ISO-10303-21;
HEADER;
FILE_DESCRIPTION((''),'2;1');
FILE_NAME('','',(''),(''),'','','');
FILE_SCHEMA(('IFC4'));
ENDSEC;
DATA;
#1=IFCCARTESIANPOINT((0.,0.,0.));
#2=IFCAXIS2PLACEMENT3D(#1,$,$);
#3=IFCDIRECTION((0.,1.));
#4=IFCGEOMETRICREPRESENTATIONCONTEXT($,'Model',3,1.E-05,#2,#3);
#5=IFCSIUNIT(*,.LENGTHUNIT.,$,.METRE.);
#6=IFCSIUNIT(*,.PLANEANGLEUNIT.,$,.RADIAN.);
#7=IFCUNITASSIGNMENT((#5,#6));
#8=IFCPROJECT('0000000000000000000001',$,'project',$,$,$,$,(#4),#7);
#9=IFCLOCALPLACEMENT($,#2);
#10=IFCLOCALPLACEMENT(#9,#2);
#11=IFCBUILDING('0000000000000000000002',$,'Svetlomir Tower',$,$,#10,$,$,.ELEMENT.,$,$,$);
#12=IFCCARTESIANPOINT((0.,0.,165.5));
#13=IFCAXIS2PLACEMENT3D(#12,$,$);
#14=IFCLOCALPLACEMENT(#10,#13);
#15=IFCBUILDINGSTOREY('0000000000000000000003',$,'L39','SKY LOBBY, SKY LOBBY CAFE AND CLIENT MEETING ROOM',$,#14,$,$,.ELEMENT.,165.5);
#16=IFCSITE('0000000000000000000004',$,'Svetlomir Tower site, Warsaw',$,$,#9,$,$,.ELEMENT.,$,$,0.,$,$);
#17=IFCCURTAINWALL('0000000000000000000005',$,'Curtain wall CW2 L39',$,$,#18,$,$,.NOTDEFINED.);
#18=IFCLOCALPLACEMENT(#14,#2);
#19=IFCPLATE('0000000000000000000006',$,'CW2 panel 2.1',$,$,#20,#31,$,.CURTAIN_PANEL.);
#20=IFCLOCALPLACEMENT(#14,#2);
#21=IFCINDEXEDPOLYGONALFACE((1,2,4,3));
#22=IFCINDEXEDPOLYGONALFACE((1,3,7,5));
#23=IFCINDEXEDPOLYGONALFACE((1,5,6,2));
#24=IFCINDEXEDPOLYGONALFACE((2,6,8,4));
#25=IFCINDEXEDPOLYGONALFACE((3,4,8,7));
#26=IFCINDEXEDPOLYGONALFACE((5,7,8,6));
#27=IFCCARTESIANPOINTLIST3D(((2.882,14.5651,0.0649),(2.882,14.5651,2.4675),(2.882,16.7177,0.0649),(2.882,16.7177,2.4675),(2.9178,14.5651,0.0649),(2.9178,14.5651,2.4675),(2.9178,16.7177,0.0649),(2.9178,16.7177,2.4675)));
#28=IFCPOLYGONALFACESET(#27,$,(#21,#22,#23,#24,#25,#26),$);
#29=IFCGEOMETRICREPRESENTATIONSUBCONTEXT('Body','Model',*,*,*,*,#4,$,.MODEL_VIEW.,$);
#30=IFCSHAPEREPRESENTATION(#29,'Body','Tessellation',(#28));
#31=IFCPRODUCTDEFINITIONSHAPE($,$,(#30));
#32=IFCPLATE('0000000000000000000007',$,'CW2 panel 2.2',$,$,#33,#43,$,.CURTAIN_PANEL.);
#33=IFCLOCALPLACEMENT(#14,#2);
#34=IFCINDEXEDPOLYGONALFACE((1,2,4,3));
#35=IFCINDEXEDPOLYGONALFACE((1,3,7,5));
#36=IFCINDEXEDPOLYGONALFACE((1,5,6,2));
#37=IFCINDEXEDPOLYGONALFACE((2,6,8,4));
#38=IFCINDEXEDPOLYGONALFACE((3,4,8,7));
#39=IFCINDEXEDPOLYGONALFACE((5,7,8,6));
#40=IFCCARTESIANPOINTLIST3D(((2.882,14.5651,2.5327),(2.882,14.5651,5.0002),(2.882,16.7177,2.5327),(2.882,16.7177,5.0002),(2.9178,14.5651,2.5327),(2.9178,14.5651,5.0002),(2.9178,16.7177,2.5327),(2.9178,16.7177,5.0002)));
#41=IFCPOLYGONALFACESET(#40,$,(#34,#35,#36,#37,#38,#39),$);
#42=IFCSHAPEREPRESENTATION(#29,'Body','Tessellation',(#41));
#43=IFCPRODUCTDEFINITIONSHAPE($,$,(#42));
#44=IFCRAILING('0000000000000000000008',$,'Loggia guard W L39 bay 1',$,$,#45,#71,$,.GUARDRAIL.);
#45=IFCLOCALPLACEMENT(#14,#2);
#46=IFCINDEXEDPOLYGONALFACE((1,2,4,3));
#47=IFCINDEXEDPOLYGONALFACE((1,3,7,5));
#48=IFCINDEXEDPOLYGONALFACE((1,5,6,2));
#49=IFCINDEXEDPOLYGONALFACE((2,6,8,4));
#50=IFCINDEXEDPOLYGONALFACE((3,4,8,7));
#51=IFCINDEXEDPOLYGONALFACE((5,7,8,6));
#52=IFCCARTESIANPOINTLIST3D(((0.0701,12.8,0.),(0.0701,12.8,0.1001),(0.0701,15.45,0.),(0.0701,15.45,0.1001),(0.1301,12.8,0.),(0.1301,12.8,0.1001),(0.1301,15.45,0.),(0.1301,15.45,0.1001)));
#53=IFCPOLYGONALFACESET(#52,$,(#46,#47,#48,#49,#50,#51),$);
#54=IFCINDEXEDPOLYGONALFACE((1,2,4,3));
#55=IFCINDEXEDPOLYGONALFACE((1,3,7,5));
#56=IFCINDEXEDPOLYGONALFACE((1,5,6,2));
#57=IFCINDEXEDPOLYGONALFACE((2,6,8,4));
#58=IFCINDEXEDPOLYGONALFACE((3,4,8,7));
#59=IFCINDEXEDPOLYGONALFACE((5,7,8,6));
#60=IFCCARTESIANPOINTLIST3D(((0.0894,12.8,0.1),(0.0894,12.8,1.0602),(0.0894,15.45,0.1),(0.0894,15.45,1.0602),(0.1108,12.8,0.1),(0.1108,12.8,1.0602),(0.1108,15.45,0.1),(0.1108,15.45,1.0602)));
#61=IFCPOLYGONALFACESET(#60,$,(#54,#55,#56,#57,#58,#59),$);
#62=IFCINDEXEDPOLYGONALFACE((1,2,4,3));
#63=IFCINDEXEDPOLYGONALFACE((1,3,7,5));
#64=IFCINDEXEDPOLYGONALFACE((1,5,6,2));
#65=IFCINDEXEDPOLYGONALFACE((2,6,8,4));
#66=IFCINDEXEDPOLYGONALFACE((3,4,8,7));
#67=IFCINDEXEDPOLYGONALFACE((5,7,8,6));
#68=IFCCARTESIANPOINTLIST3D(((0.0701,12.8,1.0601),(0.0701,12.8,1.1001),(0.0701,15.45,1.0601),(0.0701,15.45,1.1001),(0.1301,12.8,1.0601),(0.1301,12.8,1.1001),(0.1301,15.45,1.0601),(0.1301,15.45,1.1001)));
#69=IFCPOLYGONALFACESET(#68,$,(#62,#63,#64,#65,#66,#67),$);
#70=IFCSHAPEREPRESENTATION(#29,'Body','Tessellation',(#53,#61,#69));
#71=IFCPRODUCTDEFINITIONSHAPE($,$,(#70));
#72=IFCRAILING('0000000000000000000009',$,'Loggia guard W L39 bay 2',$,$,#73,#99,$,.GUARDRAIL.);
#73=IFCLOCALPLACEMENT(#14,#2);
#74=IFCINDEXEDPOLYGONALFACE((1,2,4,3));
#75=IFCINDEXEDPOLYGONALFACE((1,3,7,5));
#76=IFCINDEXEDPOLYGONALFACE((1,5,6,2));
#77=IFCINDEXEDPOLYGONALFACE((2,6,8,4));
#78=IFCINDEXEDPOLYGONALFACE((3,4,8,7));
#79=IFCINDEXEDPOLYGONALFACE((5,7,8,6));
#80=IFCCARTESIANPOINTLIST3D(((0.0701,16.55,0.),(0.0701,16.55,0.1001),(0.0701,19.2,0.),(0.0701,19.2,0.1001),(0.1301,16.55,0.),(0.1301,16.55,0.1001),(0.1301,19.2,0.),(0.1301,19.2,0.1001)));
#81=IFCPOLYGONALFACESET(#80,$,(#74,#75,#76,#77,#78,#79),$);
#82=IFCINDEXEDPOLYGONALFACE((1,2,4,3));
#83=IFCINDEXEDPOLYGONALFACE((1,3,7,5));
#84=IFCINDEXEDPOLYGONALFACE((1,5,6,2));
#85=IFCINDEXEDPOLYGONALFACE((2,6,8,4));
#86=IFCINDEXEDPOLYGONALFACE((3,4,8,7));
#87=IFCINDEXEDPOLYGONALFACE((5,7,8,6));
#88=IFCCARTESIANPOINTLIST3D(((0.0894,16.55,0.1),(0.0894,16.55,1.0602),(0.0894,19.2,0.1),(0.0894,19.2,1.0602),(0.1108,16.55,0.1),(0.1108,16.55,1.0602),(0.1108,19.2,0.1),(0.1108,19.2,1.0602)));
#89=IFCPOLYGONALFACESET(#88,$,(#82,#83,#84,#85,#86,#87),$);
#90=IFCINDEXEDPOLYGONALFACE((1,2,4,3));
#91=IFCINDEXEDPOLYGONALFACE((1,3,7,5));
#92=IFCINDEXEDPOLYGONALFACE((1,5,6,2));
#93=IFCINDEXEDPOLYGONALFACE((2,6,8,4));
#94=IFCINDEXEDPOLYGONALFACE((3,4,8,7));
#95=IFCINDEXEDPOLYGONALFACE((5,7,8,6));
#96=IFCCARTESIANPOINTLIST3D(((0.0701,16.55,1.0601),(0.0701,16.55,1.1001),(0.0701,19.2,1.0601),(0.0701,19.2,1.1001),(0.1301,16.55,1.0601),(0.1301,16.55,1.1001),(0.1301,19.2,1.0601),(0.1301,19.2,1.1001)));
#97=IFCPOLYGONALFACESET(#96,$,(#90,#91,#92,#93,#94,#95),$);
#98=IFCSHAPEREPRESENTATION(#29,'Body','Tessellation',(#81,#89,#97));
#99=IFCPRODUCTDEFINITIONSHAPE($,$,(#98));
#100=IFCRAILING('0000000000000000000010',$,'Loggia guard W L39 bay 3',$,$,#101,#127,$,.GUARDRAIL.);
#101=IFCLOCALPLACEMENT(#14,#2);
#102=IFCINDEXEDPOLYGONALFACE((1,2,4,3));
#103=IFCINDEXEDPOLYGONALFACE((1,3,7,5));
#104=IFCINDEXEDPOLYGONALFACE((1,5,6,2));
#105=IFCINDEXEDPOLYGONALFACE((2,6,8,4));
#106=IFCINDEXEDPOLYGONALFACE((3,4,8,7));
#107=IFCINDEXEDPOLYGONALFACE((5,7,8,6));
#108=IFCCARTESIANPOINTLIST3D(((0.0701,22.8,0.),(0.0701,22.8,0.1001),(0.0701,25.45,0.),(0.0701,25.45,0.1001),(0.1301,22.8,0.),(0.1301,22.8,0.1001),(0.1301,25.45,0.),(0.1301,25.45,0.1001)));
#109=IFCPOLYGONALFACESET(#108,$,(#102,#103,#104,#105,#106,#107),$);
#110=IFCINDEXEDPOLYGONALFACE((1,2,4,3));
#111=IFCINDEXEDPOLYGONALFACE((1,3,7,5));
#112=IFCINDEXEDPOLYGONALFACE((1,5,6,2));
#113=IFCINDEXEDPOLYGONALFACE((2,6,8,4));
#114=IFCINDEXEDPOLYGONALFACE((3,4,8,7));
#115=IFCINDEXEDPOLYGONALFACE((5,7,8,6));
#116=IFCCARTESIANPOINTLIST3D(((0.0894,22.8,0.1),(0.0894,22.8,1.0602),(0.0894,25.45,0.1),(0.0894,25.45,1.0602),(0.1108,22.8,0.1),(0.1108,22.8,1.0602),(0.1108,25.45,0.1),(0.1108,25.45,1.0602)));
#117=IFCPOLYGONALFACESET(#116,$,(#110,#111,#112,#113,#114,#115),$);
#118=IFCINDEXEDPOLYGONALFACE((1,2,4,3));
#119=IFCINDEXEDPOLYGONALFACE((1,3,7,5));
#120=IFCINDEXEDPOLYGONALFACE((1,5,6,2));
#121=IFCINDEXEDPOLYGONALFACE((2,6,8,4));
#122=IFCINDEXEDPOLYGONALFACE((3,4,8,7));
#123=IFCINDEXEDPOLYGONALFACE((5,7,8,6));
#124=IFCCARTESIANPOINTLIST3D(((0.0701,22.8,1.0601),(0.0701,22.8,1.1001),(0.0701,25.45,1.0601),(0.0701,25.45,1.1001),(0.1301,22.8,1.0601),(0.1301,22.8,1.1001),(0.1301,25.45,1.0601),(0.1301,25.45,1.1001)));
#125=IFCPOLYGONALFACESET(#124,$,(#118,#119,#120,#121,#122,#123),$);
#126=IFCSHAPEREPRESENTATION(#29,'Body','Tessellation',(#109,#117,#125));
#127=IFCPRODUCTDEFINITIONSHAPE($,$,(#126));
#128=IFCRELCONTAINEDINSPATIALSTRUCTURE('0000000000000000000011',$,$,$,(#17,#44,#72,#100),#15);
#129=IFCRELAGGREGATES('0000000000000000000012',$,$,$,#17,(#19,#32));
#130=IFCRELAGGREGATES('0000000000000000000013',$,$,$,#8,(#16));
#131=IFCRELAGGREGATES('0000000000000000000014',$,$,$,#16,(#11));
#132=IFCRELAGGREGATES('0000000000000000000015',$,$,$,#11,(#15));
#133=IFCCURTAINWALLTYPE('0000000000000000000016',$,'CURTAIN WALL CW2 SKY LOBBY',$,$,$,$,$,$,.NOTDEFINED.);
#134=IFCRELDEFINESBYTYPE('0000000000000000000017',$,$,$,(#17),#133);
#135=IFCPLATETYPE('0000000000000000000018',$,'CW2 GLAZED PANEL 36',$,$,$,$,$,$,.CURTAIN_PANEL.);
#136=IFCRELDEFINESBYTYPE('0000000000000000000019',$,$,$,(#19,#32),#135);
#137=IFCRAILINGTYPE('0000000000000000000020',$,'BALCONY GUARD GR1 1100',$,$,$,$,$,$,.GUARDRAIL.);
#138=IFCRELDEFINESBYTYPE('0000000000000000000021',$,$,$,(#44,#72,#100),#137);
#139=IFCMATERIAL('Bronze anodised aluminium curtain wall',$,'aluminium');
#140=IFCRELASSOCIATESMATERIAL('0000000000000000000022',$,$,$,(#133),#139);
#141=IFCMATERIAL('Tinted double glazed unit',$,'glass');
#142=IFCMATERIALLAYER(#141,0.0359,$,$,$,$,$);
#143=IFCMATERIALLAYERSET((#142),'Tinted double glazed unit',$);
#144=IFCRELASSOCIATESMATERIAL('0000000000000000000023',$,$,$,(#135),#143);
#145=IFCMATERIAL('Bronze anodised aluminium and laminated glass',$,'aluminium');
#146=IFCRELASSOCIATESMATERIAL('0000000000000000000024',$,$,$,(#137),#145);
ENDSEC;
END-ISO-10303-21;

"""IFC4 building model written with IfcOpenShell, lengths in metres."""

from ifc_helpers import new_model, si_unit, direction, frame, origin, origin_2d, place, context, subcontext, project, spatial, rectangle, extrude, material, layer, layer_set, type_object, element, aggregate, save


model = new_model("IFC4")

# Units and contexts
model_context = context("Model", 3, precision=1e-05, world=origin(), true_north=direction((0.0, 1.0)))
body_context = subcontext(model_context, "Body", "Model", "MODEL_VIEW")
ifc_project = project(units=[si_unit("LENGTHUNIT", "METRE"), si_unit("PLANEANGLEUNIT", "RADIAN")], contexts=[model_context])

# Site, building, storey
site_placement = place(None, origin())
site = spatial("IfcSite", under=ifc_project, at=site_placement, Name="Svetlomir Tower site, Warsaw", CompositionType="ELEMENT", RefElevation=0.0)
building_placement = place(site_placement, origin())
building = spatial("IfcBuilding", under=site, at=building_placement, Name="Svetlomir Tower", CompositionType="ELEMENT")
storey_placement = place(building_placement, frame((0.0, 0.0, 165.5)))
storey = spatial("IfcBuildingStorey", under=building, at=storey_placement, Name="L39", Description="SKY LOBBY, SKY LOBBY CAFE AND CLIENT MEETING ROOM", CompositionType="ELEMENT", Elevation=165.5)

# Curtain wall
ifc_material_1 = material(Name="Bronze anodised aluminium curtain wall", Category="aluminium")
curtain_wall_type = type_object("IfcCurtainWallType", Name="CURTAIN WALL CW2 SKY LOBBY", PredefinedType="NOTDEFINED", material=ifc_material_1)
curtain_wall_placement = place(storey_placement, origin())
curtain_wall = element("IfcCurtainWall", 1, at=curtain_wall_placement, inside=storey, type_object=curtain_wall_type, Name="Curtain wall CW2 L39", PredefinedType="NOTDEFINED")

# Plates
ifc_material_2 = material(Name="Tinted double glazed unit", Category="glass")
ifc_layer = layer(ifc_material_2, 0.0359)
ifc_layer_set = layer_set([ifc_layer], Name="Tinted double glazed unit")
plate_type = type_object("IfcPlateType", Name="CW2 GLAZED PANEL 36", PredefinedType="CURTAIN_PANEL", material=ifc_layer_set)
plate_1_placement = place(storey_placement, frame((2.8999, 15.6414, 0.0649), z_axis=(0.0, 0.0, 1.0), x_axis=(0.0, -1.0, 0.0)))
plate_1 = element("IfcPlate", 2, at=plate_1_placement, type_object=plate_type, Name="CW2 panel 2.1", PredefinedType="CURTAIN_PANEL", context=body_context, shape_type="SweptSolid", body=[
    extrude(rectangle(XDim=2.1526, YDim=0.0359, at=origin_2d()), origin(), (0.0, 0.0, 1.0), 2.4026),
])
plate_2_placement = place(storey_placement, frame((2.8999, 15.6414, 2.5327), z_axis=(0.0, 0.0, 1.0), x_axis=(0.0, -1.0, 0.0)))
plate_2 = element("IfcPlate", 3, at=plate_2_placement, type_object=plate_type, Name="CW2 panel 2.2", PredefinedType="CURTAIN_PANEL", context=body_context, shape_type="SweptSolid", body=[
    extrude(rectangle(XDim=2.1526, YDim=0.0359, at=origin_2d()), origin(), (0.0, 0.0, 1.0), 2.4675),
])
aggregate(curtain_wall, [plate_1, plate_2])

# Railings
ifc_material_3 = material(Name="Bronze anodised aluminium and laminated glass", Category="aluminium")
railing_type = type_object("IfcRailingType", Name="BALCONY GUARD GR1 1100", PredefinedType="GUARDRAIL", material=ifc_material_3)
for number, where, name in (
    (4, (0.1001, 12.8, 0.0), "Loggia guard W L39 bay 1"),
    (5, (0.1001, 16.55, 0.0), "Loggia guard W L39 bay 2"),
    (6, (0.1001, 22.8, 0.0), "Loggia guard W L39 bay 3"),
):
    element("IfcRailing", number, at=place(storey_placement, frame(where)), inside=storey, type_object=railing_type, Name=name, PredefinedType="GUARDRAIL", context=body_context, shape_type="SweptSolid", body=[
        extrude(rectangle(XDim=0.0601, YDim=0.1001, at=origin_2d()), frame((0.0, 0.0, 0.05), z_axis=(0.0, 1.0, 0.0), x_axis=(-1.0, 0.0, 0.0)), (0.0, 0.0, 1.0), 2.6499),
        extrude(rectangle(XDim=0.0215, YDim=0.9602, at=origin_2d()), frame((0.0, 0.0, 0.5801), z_axis=(0.0, 1.0, 0.0), x_axis=(-1.0, 0.0, 0.0)), (0.0, 0.0, 1.0), 2.6499),
        extrude(rectangle(XDim=0.0601, YDim=0.04, at=origin_2d()), frame((0.0, 0.0, 1.0801), z_axis=(0.0, 1.0, 0.0), x_axis=(-1.0, 0.0, 0.0)), (0.0, 0.0, 1.0), 2.6499),
    ])

save(model, "model.ifc")
